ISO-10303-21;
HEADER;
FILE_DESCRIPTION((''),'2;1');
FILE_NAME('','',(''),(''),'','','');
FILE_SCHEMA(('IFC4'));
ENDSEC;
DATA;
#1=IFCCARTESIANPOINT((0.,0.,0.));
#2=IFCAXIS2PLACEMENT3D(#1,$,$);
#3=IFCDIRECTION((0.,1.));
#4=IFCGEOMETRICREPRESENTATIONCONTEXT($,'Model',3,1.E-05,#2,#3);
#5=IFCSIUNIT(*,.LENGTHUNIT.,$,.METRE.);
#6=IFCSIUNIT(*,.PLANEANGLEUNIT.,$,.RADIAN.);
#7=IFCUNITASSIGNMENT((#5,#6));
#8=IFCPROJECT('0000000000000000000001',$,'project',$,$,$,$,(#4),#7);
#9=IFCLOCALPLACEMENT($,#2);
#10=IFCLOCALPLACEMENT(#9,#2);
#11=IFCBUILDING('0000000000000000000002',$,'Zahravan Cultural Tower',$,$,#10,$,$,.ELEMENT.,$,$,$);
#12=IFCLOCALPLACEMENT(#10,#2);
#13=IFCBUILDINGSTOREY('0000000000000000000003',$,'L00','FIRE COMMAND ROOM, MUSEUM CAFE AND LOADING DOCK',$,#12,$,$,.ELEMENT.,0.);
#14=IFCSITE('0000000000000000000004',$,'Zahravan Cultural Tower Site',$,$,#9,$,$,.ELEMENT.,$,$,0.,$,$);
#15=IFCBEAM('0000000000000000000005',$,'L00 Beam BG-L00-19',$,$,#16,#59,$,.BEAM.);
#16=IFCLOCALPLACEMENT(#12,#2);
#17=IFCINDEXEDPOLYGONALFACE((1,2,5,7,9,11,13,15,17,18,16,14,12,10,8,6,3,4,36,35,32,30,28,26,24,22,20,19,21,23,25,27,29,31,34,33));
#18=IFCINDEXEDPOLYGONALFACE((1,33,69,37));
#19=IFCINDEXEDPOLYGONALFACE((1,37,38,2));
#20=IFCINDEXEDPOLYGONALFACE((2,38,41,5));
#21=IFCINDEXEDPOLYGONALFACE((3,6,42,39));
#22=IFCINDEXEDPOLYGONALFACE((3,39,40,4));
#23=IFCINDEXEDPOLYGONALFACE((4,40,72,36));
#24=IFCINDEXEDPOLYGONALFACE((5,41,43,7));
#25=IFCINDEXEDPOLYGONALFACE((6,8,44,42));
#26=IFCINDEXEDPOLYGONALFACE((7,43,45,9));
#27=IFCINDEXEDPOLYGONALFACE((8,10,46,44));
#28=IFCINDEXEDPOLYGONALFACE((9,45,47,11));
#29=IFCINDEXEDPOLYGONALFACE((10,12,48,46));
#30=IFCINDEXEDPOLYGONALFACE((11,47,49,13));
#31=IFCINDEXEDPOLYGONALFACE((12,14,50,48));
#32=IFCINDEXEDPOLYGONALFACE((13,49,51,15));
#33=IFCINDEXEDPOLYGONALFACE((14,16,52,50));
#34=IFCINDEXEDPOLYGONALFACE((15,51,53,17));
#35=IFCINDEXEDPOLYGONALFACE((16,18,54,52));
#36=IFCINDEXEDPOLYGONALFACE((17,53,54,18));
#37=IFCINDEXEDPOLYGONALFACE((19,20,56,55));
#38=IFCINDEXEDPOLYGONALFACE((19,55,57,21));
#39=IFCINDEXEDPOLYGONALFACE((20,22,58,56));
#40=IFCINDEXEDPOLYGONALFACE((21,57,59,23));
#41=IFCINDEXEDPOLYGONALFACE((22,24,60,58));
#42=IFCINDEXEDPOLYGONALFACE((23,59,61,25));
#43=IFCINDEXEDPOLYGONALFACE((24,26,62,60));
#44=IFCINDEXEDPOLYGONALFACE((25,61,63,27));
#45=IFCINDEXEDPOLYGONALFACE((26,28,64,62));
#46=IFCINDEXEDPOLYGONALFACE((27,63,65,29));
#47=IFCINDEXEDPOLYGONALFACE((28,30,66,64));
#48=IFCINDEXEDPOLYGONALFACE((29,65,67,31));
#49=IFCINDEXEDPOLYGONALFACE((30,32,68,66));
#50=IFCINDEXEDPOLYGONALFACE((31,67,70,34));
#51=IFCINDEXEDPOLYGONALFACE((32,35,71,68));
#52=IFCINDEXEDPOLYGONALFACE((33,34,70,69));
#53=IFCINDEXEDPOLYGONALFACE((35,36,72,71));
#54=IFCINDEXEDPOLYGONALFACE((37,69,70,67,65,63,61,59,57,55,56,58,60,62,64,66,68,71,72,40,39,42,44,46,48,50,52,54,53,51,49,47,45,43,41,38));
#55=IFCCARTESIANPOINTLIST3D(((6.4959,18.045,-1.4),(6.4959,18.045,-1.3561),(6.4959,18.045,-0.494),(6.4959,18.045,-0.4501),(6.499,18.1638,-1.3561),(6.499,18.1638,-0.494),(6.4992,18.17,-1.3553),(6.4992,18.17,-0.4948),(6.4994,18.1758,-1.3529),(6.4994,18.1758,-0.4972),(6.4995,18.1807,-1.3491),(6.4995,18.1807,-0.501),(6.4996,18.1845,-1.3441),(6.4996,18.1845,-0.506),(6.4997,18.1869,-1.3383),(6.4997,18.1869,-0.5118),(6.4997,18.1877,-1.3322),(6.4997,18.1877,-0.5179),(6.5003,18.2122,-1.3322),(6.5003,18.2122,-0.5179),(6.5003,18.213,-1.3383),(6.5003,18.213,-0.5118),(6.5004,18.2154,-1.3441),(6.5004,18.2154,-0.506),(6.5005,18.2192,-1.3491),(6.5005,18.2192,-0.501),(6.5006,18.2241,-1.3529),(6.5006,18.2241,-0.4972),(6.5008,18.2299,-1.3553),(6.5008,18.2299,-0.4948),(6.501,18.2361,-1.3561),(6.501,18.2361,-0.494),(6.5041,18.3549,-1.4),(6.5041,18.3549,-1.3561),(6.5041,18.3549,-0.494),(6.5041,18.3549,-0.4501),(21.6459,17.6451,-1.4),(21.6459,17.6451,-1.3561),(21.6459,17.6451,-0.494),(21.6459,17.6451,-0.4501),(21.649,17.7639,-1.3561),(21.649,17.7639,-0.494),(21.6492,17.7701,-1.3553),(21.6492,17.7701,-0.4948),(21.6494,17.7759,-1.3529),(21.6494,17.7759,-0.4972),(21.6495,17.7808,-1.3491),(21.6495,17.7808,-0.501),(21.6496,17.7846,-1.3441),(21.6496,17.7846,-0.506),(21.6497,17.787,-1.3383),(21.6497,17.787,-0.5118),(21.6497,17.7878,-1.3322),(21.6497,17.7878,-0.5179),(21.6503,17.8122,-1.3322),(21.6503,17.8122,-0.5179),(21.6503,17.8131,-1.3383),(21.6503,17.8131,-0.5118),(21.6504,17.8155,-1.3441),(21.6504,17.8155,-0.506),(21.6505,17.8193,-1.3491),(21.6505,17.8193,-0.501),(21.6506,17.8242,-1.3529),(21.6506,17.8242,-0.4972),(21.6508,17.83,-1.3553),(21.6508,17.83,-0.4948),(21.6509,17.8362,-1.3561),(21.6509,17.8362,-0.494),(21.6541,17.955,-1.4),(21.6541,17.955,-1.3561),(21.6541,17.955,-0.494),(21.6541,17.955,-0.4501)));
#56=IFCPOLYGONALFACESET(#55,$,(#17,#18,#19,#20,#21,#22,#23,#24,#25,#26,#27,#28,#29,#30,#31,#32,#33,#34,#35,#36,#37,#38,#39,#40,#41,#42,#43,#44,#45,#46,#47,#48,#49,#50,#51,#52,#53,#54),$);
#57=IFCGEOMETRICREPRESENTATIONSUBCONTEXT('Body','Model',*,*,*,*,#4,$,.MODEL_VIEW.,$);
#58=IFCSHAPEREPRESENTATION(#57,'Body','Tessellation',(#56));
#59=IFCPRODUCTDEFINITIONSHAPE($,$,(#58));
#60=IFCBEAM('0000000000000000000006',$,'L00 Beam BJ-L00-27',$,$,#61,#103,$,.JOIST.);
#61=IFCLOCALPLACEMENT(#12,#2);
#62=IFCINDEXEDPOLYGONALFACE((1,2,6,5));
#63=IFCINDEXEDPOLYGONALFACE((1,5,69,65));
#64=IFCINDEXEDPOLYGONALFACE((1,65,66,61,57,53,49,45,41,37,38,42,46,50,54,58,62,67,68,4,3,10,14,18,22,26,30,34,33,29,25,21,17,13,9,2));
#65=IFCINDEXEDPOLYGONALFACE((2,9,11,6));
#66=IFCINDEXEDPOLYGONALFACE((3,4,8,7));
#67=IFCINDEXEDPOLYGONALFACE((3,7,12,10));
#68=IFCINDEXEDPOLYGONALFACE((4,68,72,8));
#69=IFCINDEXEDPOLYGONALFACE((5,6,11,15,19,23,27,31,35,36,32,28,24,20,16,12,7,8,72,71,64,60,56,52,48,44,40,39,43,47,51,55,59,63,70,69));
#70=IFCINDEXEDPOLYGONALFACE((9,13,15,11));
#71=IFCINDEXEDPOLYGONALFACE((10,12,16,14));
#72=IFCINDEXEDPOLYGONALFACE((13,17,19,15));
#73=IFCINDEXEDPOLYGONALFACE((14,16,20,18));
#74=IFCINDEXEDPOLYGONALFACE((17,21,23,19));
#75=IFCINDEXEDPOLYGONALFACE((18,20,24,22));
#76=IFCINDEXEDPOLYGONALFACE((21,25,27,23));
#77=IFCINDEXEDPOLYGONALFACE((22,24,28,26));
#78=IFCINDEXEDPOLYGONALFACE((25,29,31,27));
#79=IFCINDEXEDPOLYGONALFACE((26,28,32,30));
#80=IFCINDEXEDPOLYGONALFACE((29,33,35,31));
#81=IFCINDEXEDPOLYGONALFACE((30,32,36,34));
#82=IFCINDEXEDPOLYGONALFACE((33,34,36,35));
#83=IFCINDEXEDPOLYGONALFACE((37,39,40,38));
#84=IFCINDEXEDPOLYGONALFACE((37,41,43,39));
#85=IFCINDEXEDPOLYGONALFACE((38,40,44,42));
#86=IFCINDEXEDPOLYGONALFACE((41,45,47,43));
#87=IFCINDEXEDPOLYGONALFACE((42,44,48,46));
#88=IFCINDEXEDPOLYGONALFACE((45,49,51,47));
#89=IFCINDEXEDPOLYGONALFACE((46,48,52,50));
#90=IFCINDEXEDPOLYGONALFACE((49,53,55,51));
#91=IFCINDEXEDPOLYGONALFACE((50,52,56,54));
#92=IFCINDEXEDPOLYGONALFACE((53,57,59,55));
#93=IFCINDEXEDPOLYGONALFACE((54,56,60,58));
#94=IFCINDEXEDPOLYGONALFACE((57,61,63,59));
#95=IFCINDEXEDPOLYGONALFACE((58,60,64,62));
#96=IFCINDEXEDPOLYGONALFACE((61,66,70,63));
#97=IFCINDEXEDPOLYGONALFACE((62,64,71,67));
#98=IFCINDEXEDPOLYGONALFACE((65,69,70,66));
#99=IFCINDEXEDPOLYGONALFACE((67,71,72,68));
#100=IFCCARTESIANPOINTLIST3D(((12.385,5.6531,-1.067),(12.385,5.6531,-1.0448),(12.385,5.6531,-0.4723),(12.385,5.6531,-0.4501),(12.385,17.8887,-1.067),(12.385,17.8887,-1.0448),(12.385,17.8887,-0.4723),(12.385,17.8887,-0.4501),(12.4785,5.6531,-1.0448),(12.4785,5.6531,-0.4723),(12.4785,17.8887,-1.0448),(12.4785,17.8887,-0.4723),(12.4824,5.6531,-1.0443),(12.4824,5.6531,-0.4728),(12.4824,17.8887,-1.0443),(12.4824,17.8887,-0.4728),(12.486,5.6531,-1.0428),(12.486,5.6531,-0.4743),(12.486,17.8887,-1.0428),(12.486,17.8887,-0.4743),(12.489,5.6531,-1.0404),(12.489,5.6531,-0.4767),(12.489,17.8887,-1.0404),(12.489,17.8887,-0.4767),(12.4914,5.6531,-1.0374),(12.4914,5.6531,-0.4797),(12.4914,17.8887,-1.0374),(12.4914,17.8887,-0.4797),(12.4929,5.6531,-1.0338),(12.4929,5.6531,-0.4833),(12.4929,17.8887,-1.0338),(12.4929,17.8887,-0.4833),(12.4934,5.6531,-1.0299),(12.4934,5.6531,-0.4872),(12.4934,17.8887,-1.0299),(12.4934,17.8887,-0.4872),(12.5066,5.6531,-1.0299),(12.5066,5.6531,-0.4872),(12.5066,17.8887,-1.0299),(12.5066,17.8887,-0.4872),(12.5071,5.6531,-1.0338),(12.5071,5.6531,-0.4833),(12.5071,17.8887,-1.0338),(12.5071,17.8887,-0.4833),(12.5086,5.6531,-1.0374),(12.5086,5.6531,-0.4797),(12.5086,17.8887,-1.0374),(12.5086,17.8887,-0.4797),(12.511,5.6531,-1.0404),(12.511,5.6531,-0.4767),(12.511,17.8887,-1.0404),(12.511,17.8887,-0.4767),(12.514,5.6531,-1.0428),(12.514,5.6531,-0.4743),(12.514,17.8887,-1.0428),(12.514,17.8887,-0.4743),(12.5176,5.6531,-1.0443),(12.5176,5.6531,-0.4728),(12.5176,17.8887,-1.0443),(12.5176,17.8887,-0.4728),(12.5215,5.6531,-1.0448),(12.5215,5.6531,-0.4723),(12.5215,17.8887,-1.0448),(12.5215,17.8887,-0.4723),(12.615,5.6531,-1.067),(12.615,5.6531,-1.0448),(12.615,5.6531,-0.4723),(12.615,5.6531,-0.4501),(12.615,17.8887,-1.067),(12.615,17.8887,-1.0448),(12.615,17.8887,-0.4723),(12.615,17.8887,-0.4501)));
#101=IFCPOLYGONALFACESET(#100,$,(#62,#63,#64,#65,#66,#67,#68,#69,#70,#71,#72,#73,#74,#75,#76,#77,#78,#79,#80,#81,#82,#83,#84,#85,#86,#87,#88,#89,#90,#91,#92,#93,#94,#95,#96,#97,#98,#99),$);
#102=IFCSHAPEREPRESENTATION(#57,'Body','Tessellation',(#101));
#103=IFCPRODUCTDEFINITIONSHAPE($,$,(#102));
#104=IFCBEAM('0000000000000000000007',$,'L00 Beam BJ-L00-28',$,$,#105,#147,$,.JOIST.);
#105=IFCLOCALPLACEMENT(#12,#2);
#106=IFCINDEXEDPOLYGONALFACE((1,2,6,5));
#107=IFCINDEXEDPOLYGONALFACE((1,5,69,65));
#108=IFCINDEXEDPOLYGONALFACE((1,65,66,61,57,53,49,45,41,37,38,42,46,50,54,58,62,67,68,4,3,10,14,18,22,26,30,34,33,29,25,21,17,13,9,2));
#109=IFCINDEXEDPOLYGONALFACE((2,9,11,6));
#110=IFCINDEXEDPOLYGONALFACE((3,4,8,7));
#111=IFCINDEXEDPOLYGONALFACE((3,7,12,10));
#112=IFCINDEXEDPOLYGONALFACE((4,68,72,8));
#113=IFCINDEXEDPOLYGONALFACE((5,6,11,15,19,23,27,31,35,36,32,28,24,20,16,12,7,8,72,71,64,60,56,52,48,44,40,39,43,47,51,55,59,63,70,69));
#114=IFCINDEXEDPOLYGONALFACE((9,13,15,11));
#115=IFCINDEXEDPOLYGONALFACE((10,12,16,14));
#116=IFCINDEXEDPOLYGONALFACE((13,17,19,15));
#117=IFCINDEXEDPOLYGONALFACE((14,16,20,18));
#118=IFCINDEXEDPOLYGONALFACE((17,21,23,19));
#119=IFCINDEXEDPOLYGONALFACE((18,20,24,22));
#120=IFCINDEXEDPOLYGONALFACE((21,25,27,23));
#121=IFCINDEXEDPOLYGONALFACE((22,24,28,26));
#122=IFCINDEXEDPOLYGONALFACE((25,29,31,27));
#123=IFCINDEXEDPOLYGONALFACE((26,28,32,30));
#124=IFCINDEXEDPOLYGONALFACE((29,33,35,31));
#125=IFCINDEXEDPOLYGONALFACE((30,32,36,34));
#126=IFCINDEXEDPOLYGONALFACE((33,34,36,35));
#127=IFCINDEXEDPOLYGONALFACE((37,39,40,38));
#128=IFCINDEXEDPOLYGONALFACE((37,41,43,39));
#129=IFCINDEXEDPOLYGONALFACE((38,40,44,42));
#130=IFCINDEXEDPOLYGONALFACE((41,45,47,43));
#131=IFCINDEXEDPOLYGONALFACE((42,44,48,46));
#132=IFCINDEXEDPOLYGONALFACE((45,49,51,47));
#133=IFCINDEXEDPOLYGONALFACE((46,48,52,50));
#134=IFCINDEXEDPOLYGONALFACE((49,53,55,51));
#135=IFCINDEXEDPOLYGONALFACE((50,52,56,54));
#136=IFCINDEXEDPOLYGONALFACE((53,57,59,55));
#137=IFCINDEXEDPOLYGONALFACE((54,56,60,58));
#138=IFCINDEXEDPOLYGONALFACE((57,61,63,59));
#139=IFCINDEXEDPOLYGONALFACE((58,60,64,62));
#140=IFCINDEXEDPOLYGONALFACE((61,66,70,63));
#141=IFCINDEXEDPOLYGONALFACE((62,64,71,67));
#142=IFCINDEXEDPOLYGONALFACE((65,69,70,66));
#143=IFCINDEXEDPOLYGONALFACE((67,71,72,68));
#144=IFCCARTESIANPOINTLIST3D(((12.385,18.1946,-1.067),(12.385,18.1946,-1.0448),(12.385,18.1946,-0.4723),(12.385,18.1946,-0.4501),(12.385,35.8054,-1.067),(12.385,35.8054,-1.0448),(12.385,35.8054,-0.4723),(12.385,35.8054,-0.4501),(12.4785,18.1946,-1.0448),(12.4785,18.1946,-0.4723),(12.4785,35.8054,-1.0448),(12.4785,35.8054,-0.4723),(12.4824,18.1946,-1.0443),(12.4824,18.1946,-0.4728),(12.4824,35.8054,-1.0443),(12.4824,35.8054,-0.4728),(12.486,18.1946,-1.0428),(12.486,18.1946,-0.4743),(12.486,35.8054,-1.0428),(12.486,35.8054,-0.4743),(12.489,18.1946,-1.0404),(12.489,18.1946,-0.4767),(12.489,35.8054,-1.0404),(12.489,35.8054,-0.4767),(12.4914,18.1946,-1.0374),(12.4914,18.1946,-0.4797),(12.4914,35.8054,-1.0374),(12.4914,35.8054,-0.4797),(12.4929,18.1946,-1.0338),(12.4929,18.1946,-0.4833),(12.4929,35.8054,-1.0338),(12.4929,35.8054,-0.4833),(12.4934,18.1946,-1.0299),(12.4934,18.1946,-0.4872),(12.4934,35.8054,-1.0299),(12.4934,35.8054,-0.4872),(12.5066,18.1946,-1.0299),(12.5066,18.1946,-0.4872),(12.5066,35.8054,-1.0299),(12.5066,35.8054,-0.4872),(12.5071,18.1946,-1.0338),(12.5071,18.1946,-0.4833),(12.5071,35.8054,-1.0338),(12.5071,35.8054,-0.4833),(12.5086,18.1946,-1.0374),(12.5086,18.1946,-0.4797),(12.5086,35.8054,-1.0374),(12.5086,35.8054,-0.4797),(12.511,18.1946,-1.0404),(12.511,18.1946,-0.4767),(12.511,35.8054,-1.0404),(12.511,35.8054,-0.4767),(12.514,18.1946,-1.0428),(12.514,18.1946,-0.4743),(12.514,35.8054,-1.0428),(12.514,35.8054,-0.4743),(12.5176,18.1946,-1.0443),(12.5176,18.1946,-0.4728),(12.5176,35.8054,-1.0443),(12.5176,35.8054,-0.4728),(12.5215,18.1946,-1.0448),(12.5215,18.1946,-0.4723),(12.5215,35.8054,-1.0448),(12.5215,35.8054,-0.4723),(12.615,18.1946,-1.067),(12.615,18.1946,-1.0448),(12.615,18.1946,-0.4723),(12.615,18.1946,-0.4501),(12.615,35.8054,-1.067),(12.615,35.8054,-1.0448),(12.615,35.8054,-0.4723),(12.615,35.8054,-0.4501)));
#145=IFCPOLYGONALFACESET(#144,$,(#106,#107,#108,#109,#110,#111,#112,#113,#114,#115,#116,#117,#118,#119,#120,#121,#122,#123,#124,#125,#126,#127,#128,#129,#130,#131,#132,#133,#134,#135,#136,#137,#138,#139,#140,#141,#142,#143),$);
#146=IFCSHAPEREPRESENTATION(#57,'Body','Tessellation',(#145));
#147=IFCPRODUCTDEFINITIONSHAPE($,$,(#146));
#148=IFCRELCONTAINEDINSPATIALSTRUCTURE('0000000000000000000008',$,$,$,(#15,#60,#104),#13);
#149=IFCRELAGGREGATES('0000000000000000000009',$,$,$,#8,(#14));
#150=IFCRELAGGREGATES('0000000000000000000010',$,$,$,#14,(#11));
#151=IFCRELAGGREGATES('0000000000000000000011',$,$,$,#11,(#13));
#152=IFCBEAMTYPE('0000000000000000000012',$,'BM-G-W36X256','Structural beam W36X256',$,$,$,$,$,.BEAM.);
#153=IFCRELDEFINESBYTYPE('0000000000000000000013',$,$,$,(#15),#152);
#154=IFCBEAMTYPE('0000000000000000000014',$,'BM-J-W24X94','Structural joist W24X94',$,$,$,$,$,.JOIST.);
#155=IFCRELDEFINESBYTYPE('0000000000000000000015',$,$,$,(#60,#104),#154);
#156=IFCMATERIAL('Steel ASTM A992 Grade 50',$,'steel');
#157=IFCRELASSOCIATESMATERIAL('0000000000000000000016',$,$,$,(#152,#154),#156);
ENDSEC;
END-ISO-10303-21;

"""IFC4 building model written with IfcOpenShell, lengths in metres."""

from ifc_helpers import new_model, si_unit, direction, frame, origin, origin_2d, place, context, subcontext, project, spatial, i_section, extrude, source, transform, mapped, material, material_profile, profile_set, type_object, element, save


model = new_model("IFC4")

# Units and contexts
model_context = context("Model", 3, precision=1e-05, world=origin(), true_north=direction((0.0, 1.0)))
body_context = subcontext(model_context, "Body", "Model", "MODEL_VIEW")
ifc_project = project(units=[si_unit("LENGTHUNIT", "METRE"), si_unit("PLANEANGLEUNIT", "RADIAN")], contexts=[model_context])

# Site, building, storey
site_placement = place(None, origin())
site = spatial("IfcSite", under=ifc_project, at=site_placement, Name="Zahravan Cultural Tower Site", CompositionType="ELEMENT", RefElevation=0.0)
building_placement = place(site_placement, origin())
building = spatial("IfcBuilding", under=site, at=building_placement, Name="Zahravan Cultural Tower", CompositionType="ELEMENT")
storey_placement = place(building_placement, origin())
storey = spatial("IfcBuildingStorey", under=building, at=storey_placement, Name="L00", Description="FIRE COMMAND ROOM, MUSEUM CAFE AND LOADING DOCK", CompositionType="ELEMENT", Elevation=0.0)

# Beams
ifc_material_1 = material(Name="Steel ASTM A992 Grade 50", Category="steel")
ifc_material_profile_1 = material_profile(ifc_material_1, i_section(OverallWidth=0.3101, OverallDepth=0.95, WebThickness=0.0244, FlangeThickness=0.0439, FilletRadius=0.0239, at=origin_2d()), Name="W36X256")
ifc_profile_set_1 = profile_set([ifc_material_profile_1], Name="Steel ASTM A992 Grade 50")
beam_type_1 = type_object("IfcBeamType", Name="BM-G-W36X256", Description="Structural beam W36X256", PredefinedType="BEAM", material=ifc_profile_set_1)
shared_shape_1 = source(origin(), body_context, "Body", "SweptSolid", [
    extrude(i_section(OverallWidth=0.3101, OverallDepth=0.95, WebThickness=0.0244, FlangeThickness=0.0439, FilletRadius=0.0239, at=origin_2d()), origin(), (0.0, 0.0, 1.0), 15.1553),
])
beam_1_placement = place(storey_placement, frame((6.5, 18.2, -0.925), z_axis=(0.999652, -0.026387, 0.0), x_axis=(0.026387, 0.999652, 0.0)))
element("IfcBeam", 1, at=beam_1_placement, inside=storey, type_object=beam_type_1, Name="L00 Beam BG-L00-19", PredefinedType="BEAM", context=body_context, shape_type="MappedRepresentation", body=[
    mapped(shared_shape_1, transform((0.0, 0.0, 0.0), x_axis=(1.0, 0.0, 0.0), y_axis=(0.0, 1.0, 0.0), z_axis=(0.0, 0.0, 1.0), scale=1.0)),
])
ifc_material_profile_2 = material_profile(ifc_material_1, i_section(OverallWidth=0.23, OverallDepth=0.6169, WebThickness=0.0132, FlangeThickness=0.0222, FilletRadius=0.0149, at=origin_2d()), Name="W24X94")
ifc_profile_set_2 = profile_set([ifc_material_profile_2], Name="Steel ASTM A992 Grade 50")
beam_type_2 = type_object("IfcBeamType", Name="BM-J-W24X94", Description="Structural joist W24X94", PredefinedType="JOIST", material=ifc_profile_set_2)
shared_shape_2 = source(origin(), body_context, "Body", "SweptSolid", [
    extrude(i_section(OverallWidth=0.23, OverallDepth=0.6169, WebThickness=0.0132, FlangeThickness=0.0222, FilletRadius=0.0149, at=origin_2d()), origin(), (0.0, 0.0, 1.0), 12.2356),
])
beam_2_placement = place(storey_placement, frame((12.5, 5.6531, -0.7585), z_axis=(0.0, 1.0, 0.0), x_axis=(-1.0, 0.0, 0.0)))
element("IfcBeam", 2, at=beam_2_placement, inside=storey, type_object=beam_type_2, Name="L00 Beam BJ-L00-27", PredefinedType="JOIST", context=body_context, shape_type="MappedRepresentation", body=[
    mapped(shared_shape_2, transform((0.0, 0.0, 0.0), x_axis=(1.0, 0.0, 0.0), y_axis=(0.0, 1.0, 0.0), z_axis=(0.0, 0.0, 1.0), scale=1.0)),
])
shared_shape_3 = source(origin(), body_context, "Body", "SweptSolid", [
    extrude(i_section(OverallWidth=0.23, OverallDepth=0.6169, WebThickness=0.0132, FlangeThickness=0.0222, FilletRadius=0.0149, at=origin_2d()), origin(), (0.0, 0.0, 1.0), 17.6108),
])
beam_3_placement = place(storey_placement, frame((12.5, 18.1946, -0.7585), z_axis=(0.0, 1.0, 0.0), x_axis=(-1.0, 0.0, 0.0)))
element("IfcBeam", 3, at=beam_3_placement, inside=storey, type_object=beam_type_2, Name="L00 Beam BJ-L00-28", PredefinedType="JOIST", context=body_context, shape_type="MappedRepresentation", body=[
    mapped(shared_shape_3, transform((0.0, 0.0, 0.0), x_axis=(1.0, 0.0, 0.0), y_axis=(0.0, 1.0, 0.0), z_axis=(0.0, 0.0, 1.0), scale=1.0)),
])

save(model, "model.ifc")
